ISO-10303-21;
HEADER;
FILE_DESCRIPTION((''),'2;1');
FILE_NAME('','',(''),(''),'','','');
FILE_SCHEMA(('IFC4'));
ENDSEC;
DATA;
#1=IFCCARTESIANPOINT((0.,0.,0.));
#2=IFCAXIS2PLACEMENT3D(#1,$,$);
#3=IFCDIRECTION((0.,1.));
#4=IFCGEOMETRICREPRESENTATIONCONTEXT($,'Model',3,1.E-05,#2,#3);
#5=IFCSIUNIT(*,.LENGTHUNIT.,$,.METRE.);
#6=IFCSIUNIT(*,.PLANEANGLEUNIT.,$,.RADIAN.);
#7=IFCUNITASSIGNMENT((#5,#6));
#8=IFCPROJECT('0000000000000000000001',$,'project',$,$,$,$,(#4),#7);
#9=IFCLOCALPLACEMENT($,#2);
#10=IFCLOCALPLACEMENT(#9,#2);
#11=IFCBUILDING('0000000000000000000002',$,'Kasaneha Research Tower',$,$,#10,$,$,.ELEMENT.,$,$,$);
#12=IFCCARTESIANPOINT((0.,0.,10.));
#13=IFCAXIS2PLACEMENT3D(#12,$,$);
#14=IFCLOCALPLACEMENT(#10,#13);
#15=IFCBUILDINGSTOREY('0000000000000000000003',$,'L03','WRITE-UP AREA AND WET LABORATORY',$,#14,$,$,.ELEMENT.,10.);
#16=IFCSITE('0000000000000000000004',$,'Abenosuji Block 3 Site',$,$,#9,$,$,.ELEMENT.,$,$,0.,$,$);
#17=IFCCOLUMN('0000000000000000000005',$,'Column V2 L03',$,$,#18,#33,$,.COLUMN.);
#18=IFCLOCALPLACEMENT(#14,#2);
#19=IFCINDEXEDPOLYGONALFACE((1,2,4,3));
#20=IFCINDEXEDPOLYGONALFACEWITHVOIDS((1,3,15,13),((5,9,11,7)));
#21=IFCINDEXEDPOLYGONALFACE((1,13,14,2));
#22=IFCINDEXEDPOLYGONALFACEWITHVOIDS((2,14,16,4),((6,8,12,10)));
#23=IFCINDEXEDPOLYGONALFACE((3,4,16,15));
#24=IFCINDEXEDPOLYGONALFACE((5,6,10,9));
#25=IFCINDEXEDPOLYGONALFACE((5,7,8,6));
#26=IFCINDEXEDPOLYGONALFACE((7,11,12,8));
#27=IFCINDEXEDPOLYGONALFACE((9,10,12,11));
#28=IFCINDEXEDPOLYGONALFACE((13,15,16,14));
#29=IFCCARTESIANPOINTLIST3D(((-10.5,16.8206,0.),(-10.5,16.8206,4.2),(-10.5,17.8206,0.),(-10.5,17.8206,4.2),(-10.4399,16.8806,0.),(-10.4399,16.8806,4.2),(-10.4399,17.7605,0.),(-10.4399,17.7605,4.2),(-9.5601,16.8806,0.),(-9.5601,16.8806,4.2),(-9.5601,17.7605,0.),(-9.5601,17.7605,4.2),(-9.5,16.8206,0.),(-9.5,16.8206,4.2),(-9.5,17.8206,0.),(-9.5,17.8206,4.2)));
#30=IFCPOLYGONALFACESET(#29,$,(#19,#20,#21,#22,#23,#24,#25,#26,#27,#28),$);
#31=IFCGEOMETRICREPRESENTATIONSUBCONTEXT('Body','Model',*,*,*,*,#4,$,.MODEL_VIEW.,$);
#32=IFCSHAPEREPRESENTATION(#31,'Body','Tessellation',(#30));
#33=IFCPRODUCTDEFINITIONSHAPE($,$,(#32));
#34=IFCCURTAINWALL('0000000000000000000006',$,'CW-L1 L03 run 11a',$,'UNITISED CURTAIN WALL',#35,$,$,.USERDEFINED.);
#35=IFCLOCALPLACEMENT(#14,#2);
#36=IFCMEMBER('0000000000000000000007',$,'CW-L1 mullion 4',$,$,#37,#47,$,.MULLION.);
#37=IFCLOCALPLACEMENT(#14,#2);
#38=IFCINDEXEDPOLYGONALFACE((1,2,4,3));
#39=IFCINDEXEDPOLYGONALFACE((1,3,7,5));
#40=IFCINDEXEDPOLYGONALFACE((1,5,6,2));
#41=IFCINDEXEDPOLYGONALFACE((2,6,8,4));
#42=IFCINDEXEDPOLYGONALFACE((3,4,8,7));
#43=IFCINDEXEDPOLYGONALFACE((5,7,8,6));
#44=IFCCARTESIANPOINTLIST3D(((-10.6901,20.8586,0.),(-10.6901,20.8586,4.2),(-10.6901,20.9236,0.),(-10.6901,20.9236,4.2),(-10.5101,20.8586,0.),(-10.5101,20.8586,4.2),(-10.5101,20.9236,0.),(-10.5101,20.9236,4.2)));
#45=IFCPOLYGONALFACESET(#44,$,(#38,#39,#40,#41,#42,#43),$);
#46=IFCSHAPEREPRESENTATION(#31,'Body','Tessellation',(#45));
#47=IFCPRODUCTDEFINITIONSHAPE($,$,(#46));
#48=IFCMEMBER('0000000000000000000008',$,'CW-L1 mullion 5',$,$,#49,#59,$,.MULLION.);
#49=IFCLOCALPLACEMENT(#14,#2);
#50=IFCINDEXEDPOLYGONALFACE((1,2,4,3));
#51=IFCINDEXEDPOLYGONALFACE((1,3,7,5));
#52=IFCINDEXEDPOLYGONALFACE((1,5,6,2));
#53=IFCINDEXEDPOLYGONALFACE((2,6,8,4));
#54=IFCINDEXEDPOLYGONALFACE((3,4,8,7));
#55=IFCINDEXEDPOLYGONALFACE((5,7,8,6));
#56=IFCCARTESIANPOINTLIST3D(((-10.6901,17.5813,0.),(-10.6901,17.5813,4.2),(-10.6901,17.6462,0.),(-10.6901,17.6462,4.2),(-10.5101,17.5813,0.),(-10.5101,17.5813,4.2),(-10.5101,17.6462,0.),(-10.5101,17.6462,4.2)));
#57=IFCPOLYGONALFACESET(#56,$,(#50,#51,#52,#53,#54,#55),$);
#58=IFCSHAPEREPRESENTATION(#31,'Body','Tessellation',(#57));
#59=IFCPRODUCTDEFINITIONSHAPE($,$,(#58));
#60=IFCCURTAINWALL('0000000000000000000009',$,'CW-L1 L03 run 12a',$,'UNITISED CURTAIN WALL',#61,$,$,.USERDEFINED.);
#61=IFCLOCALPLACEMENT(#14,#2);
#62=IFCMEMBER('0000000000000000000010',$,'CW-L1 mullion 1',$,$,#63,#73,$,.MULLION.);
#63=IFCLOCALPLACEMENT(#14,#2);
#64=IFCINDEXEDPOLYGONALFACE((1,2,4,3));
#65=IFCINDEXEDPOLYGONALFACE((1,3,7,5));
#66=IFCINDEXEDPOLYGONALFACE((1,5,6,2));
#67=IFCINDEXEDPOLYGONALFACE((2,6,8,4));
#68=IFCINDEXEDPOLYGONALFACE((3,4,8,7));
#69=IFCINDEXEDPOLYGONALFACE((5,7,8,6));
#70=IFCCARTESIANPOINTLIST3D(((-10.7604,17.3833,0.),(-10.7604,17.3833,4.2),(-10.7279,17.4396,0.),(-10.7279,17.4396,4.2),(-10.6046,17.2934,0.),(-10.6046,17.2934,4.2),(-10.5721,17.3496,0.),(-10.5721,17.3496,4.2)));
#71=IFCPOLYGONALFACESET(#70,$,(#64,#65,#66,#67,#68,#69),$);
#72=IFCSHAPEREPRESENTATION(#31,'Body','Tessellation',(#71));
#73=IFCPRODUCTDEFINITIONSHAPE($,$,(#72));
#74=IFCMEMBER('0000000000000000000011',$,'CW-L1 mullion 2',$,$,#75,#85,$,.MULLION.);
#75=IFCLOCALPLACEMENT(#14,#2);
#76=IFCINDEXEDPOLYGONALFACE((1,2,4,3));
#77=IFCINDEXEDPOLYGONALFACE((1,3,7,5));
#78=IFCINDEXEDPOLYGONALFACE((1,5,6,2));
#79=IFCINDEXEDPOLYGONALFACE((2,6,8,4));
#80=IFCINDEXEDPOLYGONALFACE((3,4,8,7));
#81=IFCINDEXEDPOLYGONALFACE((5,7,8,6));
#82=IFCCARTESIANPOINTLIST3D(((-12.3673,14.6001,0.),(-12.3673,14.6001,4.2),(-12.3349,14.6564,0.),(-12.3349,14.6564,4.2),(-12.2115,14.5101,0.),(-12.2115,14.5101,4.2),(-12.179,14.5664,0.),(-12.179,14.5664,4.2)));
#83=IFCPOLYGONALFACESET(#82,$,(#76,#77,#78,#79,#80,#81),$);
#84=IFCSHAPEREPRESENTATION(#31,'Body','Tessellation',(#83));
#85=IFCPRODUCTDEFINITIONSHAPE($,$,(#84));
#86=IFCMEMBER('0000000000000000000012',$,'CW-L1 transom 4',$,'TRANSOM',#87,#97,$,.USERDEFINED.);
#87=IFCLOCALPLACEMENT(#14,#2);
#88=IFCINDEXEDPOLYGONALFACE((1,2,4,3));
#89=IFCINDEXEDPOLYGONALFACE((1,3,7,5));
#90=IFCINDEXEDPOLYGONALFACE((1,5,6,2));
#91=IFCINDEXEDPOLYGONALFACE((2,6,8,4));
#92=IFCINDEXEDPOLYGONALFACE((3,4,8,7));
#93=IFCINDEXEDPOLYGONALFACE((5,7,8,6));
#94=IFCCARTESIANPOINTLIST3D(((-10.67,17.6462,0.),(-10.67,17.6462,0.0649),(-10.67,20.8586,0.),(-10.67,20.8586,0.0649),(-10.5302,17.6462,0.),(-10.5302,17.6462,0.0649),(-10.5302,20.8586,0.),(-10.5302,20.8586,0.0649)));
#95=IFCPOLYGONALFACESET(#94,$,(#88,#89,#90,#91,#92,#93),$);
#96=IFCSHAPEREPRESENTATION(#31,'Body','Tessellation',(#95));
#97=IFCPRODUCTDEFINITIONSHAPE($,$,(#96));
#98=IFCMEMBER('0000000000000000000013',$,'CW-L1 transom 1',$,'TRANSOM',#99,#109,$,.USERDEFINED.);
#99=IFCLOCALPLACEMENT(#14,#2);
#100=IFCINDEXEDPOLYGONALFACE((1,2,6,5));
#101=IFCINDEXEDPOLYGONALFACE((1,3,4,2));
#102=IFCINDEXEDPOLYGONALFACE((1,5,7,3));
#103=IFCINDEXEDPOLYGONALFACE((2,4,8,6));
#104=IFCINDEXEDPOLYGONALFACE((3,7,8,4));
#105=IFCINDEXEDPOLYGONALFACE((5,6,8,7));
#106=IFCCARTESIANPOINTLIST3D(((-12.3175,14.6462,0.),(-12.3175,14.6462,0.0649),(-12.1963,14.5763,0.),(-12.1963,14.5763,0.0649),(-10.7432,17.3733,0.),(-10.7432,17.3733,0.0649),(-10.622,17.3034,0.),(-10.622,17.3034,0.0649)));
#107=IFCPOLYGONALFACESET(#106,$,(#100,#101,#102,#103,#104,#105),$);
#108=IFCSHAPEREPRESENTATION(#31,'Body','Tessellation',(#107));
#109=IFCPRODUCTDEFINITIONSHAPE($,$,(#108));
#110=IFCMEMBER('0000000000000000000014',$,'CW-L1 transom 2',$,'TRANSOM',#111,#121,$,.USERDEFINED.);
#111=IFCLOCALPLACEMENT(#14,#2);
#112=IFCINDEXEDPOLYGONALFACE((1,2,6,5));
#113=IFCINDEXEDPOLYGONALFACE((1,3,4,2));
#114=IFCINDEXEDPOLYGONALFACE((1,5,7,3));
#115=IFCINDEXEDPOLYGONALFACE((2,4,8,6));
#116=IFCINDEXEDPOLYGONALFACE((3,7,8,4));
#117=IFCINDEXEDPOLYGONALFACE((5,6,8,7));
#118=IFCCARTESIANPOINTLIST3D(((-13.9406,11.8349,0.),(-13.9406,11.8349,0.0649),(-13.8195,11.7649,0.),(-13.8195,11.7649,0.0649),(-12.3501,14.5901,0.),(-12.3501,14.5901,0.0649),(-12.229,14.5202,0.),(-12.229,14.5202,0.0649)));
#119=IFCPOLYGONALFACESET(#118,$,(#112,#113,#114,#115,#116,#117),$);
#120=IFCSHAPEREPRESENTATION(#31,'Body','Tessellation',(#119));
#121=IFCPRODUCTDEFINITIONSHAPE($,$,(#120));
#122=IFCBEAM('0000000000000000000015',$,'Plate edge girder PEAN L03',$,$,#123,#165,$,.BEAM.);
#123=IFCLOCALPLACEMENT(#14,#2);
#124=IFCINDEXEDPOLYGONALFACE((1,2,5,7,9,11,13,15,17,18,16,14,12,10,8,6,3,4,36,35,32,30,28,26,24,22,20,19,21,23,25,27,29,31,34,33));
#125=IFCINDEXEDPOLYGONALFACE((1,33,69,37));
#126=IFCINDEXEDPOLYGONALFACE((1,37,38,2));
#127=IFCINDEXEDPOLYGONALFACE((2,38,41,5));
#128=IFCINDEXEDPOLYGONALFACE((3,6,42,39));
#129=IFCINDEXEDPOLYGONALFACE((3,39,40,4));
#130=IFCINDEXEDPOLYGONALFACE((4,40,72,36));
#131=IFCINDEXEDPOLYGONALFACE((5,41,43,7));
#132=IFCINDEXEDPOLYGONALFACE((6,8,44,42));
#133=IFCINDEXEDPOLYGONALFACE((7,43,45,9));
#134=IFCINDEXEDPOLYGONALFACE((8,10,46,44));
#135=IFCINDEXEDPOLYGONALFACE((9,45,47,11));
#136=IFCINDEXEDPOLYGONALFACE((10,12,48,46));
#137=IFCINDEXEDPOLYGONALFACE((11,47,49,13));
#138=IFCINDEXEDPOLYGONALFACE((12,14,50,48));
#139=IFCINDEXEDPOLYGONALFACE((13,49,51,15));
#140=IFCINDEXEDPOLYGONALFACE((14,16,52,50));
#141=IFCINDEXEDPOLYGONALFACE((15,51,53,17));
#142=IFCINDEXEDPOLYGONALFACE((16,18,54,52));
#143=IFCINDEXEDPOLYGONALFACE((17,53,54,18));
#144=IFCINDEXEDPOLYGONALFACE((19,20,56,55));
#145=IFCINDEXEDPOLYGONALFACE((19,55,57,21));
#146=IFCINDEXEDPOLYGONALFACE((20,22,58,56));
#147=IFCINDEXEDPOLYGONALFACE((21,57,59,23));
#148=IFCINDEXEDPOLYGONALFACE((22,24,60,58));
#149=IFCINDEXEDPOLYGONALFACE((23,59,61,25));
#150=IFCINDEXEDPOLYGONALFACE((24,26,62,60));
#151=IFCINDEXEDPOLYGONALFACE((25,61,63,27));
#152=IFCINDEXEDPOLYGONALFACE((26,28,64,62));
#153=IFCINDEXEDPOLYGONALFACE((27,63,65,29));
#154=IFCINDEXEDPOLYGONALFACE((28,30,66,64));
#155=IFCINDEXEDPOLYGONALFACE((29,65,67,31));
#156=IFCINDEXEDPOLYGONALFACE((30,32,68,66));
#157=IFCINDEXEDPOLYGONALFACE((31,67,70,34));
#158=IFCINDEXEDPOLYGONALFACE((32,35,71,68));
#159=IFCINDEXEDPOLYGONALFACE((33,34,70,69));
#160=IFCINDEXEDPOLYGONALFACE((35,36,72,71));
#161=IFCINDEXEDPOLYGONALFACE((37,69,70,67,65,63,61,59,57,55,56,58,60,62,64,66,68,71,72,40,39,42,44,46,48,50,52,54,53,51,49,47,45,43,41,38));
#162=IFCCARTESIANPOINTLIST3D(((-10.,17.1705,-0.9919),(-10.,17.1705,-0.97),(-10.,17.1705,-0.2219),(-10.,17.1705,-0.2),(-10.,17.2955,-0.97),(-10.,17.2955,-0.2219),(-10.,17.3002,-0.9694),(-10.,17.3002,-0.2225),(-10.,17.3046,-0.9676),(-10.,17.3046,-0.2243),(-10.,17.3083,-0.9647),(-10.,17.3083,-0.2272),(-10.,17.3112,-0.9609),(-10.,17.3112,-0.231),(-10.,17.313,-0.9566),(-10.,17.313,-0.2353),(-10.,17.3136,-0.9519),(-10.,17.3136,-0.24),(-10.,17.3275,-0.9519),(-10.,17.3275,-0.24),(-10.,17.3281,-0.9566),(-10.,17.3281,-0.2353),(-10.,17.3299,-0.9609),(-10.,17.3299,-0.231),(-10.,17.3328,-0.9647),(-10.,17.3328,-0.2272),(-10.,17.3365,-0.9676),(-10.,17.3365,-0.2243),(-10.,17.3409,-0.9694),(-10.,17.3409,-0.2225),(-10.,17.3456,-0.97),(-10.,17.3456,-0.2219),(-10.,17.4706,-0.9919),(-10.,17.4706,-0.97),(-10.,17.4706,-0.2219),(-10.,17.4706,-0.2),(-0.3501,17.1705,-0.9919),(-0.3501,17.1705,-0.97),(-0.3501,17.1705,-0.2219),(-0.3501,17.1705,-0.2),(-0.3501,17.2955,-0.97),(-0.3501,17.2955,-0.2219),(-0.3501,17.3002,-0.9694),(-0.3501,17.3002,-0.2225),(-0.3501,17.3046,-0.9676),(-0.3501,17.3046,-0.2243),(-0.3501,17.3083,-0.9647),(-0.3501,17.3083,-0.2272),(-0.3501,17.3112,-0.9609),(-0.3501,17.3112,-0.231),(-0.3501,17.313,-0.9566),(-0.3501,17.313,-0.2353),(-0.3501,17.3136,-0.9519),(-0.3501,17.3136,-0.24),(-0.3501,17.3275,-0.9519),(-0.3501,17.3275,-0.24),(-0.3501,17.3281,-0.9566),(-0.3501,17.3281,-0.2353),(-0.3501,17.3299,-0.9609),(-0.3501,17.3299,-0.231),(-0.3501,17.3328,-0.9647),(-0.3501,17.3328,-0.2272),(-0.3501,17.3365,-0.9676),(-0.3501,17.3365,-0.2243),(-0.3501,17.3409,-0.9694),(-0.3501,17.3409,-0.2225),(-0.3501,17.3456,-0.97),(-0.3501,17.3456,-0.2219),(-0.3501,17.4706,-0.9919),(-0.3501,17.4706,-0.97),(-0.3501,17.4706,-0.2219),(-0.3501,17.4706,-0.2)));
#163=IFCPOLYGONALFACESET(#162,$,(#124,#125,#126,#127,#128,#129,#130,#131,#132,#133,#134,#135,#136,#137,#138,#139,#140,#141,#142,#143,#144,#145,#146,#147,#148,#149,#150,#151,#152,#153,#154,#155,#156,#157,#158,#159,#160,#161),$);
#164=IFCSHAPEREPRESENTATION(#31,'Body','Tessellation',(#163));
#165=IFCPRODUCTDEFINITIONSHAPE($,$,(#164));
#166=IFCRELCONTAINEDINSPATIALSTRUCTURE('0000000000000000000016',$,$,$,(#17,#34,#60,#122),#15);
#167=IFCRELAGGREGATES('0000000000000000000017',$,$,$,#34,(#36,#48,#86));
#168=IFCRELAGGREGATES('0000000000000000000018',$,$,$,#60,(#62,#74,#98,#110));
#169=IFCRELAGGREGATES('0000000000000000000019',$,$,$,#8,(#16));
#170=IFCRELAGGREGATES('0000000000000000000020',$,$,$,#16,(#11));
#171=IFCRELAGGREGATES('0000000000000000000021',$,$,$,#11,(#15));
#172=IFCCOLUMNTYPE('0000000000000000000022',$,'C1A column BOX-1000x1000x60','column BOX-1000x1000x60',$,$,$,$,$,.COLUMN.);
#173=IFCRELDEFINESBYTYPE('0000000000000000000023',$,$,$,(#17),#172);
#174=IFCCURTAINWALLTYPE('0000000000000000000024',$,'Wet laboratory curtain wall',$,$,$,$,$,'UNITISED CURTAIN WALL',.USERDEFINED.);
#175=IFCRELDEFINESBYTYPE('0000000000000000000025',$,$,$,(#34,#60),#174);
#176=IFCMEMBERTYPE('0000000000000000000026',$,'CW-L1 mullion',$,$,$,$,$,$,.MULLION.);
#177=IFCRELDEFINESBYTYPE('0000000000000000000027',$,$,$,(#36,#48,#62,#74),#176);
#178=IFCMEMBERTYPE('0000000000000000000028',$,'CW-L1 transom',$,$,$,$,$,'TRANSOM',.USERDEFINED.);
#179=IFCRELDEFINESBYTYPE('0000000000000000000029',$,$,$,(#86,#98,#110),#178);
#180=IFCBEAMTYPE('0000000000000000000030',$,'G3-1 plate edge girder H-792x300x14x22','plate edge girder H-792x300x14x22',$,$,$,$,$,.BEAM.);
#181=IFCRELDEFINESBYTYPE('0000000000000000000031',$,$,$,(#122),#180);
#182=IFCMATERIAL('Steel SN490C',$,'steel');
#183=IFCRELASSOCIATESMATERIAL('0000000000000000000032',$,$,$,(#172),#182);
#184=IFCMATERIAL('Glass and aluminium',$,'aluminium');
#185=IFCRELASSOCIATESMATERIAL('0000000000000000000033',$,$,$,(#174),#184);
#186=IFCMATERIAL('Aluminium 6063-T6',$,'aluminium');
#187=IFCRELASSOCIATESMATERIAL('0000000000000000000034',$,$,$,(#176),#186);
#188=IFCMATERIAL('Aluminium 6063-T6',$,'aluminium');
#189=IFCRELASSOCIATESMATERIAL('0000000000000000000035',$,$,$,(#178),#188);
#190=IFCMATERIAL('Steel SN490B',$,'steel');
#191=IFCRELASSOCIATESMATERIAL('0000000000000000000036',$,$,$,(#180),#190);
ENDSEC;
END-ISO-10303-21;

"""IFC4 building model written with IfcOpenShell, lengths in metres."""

from ifc_helpers import new_model, si_unit, direction, frame, origin, origin_2d, place, context, subcontext, project, spatial, rectangle, hollow_rectangle, i_section, extrude, material, material_profile, profile_set, type_object, element, aggregate, save


model = new_model("IFC4")

# Units and contexts
model_context = context("Model", 3, precision=1e-05, world=origin(), true_north=direction((0.0, 1.0)))
body_context = subcontext(model_context, "Body", "Model", "MODEL_VIEW")
ifc_project = project(units=[si_unit("LENGTHUNIT", "METRE"), si_unit("PLANEANGLEUNIT", "RADIAN")], contexts=[model_context])

# Site, building, storey
site_placement = place(None, origin())
site = spatial("IfcSite", under=ifc_project, at=site_placement, Name="Abenosuji Block 3 Site", CompositionType="ELEMENT", RefElevation=0.0)
building_placement = place(site_placement, origin())
building = spatial("IfcBuilding", under=site, at=building_placement, Name="Kasaneha Research Tower", CompositionType="ELEMENT")
storey_placement = place(building_placement, frame((0.0, 0.0, 10.0)))
storey = spatial("IfcBuildingStorey", under=building, at=storey_placement, Name="L03", Description="WRITE-UP AREA AND WET LABORATORY", CompositionType="ELEMENT", Elevation=10.0)

# Column
ifc_material_1 = material(Name="Steel SN490C", Category="steel")
ifc_material_profile_1 = material_profile(ifc_material_1, hollow_rectangle(XDim=1.0, YDim=1.0, WallThickness=0.0601, at=origin_2d()), Name="BOX-1000x1000x60")
ifc_profile_set_1 = profile_set([ifc_material_profile_1], Name="Steel SN490C")
column_type = type_object("IfcColumnType", Name="C1A column BOX-1000x1000x60", Description="column BOX-1000x1000x60", PredefinedType="COLUMN", material=ifc_profile_set_1)
column_placement = place(storey_placement, frame((-10.0, 17.3206, 0.0), z_axis=(0.0, 0.0, 1.0), x_axis=(1.0, 0.0, 0.0)))
element("IfcColumn", 1, at=column_placement, inside=storey, type_object=column_type, Name="Column V2 L03", PredefinedType="COLUMN", context=body_context, shape_type="SweptSolid", body=[
    extrude(hollow_rectangle(XDim=1.0, YDim=1.0, WallThickness=0.0601, at=origin_2d()), origin(), (0.0, 0.0, 1.0), 4.2),
])

# Curtain walls, members
ifc_material_2 = material(Name="Glass and aluminium", Category="aluminium")
curtain_wall_type = type_object("IfcCurtainWallType", Name="Wet laboratory curtain wall", ElementType="UNITISED CURTAIN WALL", PredefinedType="USERDEFINED", material=ifc_material_2)
curtain_wall_1_placement = place(storey_placement, origin())
curtain_wall_1 = element("IfcCurtainWall", 2, at=curtain_wall_1_placement, inside=storey, type_object=curtain_wall_type, Name="CW-L1 L03 run 11a", ObjectType="UNITISED CURTAIN WALL", PredefinedType="USERDEFINED")
ifc_material_3 = material(Name="Aluminium 6063-T6", Category="aluminium")
ifc_material_profile_2 = material_profile(ifc_material_3, rectangle(XDim=0.0649, YDim=0.1799, at=origin_2d()), Name="CW-L1 mullion 65x180")
ifc_profile_set_2 = profile_set([ifc_material_profile_2], Name="Aluminium 6063-T6")
member_type_1 = type_object("IfcMemberType", Name="CW-L1 mullion", PredefinedType="MULLION", material=ifc_profile_set_2)
member_1_placement = place(storey_placement, frame((-10.6001, 20.8911, 0.0), z_axis=(0.0, 0.0, 1.0), x_axis=(0.0, -1.0, 0.0)))
member_1 = element("IfcMember", 3, at=member_1_placement, type_object=member_type_1, Name="CW-L1 mullion 4", PredefinedType="MULLION", context=body_context, shape_type="SweptSolid", body=[
    extrude(rectangle(XDim=0.0649, YDim=0.1799, at=origin_2d()), origin(), (0.0, 0.0, 1.0), 4.2),
])
member_2_placement = place(storey_placement, frame((-10.6001, 17.6138, 0.0), z_axis=(0.0, 0.0, 1.0), x_axis=(0.0, -1.0, 0.0)))
member_2 = element("IfcMember", 4, at=member_2_placement, type_object=member_type_1, Name="CW-L1 mullion 5", PredefinedType="MULLION", context=body_context, shape_type="SweptSolid", body=[
    extrude(rectangle(XDim=0.0649, YDim=0.1799, at=origin_2d()), origin(), (0.0, 0.0, 1.0), 4.2),
])
curtain_wall_2_placement = place(storey_placement, origin())
curtain_wall_2 = element("IfcCurtainWall", 5, at=curtain_wall_2_placement, inside=storey, type_object=curtain_wall_type, Name="CW-L1 L03 run 12a", ObjectType="UNITISED CURTAIN WALL", PredefinedType="USERDEFINED")
member_3_placement = place(storey_placement, frame((-10.6663, 17.3665, 0.0), z_axis=(0.0, 0.0, 1.0), x_axis=(-0.5, -0.866025, 0.0)))
member_3 = element("IfcMember", 6, at=member_3_placement, type_object=member_type_1, Name="CW-L1 mullion 1", PredefinedType="MULLION", context=body_context, shape_type="SweptSolid", body=[
    extrude(rectangle(XDim=0.0649, YDim=0.1799, at=origin_2d()), origin(), (0.0, 0.0, 1.0), 4.2),
])
member_4_placement = place(storey_placement, frame((-12.2732, 14.5833, 0.0), z_axis=(0.0, 0.0, 1.0), x_axis=(-0.5, -0.866025, 0.0)))
member_4 = element("IfcMember", 7, at=member_4_placement, type_object=member_type_1, Name="CW-L1 mullion 2", PredefinedType="MULLION", context=body_context, shape_type="SweptSolid", body=[
    extrude(rectangle(XDim=0.0649, YDim=0.1799, at=origin_2d()), origin(), (0.0, 0.0, 1.0), 4.2),
])

# Members
ifc_material_4 = material(Name="Aluminium 6063-T6", Category="aluminium")
ifc_material_profile_3 = material_profile(ifc_material_4, rectangle(XDim=0.1399, YDim=0.0649, at=origin_2d()), Name="CW-L1 transom 140x65")
ifc_profile_set_3 = profile_set([ifc_material_profile_3], Name="Aluminium 6063-T6")
member_type_2 = type_object("IfcMemberType", Name="CW-L1 transom", ElementType="TRANSOM", PredefinedType="USERDEFINED", material=ifc_profile_set_3)
member_5_placement = place(storey_placement, frame((-10.6001, 20.8586, 0.0325), z_axis=(0.0, -1.0, 0.0), x_axis=(1.0, 0.0, 0.0)))
member_5 = element("IfcMember", 8, at=member_5_placement, type_object=member_type_2, Name="CW-L1 transom 4", ObjectType="TRANSOM", PredefinedType="USERDEFINED", context=body_context, shape_type="SweptSolid", body=[
    extrude(rectangle(XDim=0.1399, YDim=0.0649, at=origin_2d()), origin(), (0.0, 0.0, 1.0), 3.2124),
])
member_6_placement = place(storey_placement, frame((-10.6826, 17.3384, 0.0325), z_axis=(-0.499942, -0.866059, 0.0), x_axis=(0.866059, -0.499942, 0.0)))
member_6 = element("IfcMember", 9, at=member_6_placement, type_object=member_type_2, Name="CW-L1 transom 1", ObjectType="TRANSOM", PredefinedType="USERDEFINED", context=body_context, shape_type="SweptSolid", body=[
    extrude(rectangle(XDim=0.1399, YDim=0.0649, at=origin_2d()), origin(), (0.0, 0.0, 1.0), 3.1489),
])
member_7_placement = place(storey_placement, frame((-12.2896, 14.5552, 0.0325), z_axis=(-0.499944, -0.866058, 0.0), x_axis=(0.866058, -0.499944, 0.0)))
member_7 = element("IfcMember", 10, at=member_7_placement, type_object=member_type_2, Name="CW-L1 transom 2", ObjectType="TRANSOM", PredefinedType="USERDEFINED", context=body_context, shape_type="SweptSolid", body=[
    extrude(rectangle(XDim=0.1399, YDim=0.0649, at=origin_2d()), origin(), (0.0, 0.0, 1.0), 3.1814),
])

# Beam
ifc_material_5 = material(Name="Steel SN490B", Category="steel")
ifc_material_profile_4 = material_profile(ifc_material_5, i_section(OverallWidth=0.3, OverallDepth=0.792, WebThickness=0.0139, FlangeThickness=0.022, FilletRadius=0.0181, at=origin_2d()), Name="H-792x300x14x22")
ifc_profile_set_4 = profile_set([ifc_material_profile_4], Name="Steel SN490B")
beam_type_1 = type_object("IfcBeamType", Name="G3-1 plate edge girder H-792x300x14x22", Description="plate edge girder H-792x300x14x22", PredefinedType="BEAM", material=ifc_profile_set_4)
beam_1_placement = place(storey_placement, frame((-10.0, 17.3206, -0.5959), z_axis=(1.0, 0.0, 0.0), x_axis=(0.0, 1.0, 0.0)))
element("IfcBeam", 11, at=beam_1_placement, inside=storey, type_object=beam_type_1, Name="Plate edge girder PEAN L03", PredefinedType="BEAM", context=body_context, shape_type="SweptSolid", body=[
    extrude(i_section(OverallWidth=0.3, OverallDepth=0.792, WebThickness=0.0139, FlangeThickness=0.022, FilletRadius=0.0181, at=origin_2d()), origin(), (0.0, 0.0, 1.0), 9.6499),
])

aggregate(curtain_wall_1, [member_1, member_2, member_5])
aggregate(curtain_wall_2, [member_3, member_4, member_6, member_7])

save(model, "model.ifc")
